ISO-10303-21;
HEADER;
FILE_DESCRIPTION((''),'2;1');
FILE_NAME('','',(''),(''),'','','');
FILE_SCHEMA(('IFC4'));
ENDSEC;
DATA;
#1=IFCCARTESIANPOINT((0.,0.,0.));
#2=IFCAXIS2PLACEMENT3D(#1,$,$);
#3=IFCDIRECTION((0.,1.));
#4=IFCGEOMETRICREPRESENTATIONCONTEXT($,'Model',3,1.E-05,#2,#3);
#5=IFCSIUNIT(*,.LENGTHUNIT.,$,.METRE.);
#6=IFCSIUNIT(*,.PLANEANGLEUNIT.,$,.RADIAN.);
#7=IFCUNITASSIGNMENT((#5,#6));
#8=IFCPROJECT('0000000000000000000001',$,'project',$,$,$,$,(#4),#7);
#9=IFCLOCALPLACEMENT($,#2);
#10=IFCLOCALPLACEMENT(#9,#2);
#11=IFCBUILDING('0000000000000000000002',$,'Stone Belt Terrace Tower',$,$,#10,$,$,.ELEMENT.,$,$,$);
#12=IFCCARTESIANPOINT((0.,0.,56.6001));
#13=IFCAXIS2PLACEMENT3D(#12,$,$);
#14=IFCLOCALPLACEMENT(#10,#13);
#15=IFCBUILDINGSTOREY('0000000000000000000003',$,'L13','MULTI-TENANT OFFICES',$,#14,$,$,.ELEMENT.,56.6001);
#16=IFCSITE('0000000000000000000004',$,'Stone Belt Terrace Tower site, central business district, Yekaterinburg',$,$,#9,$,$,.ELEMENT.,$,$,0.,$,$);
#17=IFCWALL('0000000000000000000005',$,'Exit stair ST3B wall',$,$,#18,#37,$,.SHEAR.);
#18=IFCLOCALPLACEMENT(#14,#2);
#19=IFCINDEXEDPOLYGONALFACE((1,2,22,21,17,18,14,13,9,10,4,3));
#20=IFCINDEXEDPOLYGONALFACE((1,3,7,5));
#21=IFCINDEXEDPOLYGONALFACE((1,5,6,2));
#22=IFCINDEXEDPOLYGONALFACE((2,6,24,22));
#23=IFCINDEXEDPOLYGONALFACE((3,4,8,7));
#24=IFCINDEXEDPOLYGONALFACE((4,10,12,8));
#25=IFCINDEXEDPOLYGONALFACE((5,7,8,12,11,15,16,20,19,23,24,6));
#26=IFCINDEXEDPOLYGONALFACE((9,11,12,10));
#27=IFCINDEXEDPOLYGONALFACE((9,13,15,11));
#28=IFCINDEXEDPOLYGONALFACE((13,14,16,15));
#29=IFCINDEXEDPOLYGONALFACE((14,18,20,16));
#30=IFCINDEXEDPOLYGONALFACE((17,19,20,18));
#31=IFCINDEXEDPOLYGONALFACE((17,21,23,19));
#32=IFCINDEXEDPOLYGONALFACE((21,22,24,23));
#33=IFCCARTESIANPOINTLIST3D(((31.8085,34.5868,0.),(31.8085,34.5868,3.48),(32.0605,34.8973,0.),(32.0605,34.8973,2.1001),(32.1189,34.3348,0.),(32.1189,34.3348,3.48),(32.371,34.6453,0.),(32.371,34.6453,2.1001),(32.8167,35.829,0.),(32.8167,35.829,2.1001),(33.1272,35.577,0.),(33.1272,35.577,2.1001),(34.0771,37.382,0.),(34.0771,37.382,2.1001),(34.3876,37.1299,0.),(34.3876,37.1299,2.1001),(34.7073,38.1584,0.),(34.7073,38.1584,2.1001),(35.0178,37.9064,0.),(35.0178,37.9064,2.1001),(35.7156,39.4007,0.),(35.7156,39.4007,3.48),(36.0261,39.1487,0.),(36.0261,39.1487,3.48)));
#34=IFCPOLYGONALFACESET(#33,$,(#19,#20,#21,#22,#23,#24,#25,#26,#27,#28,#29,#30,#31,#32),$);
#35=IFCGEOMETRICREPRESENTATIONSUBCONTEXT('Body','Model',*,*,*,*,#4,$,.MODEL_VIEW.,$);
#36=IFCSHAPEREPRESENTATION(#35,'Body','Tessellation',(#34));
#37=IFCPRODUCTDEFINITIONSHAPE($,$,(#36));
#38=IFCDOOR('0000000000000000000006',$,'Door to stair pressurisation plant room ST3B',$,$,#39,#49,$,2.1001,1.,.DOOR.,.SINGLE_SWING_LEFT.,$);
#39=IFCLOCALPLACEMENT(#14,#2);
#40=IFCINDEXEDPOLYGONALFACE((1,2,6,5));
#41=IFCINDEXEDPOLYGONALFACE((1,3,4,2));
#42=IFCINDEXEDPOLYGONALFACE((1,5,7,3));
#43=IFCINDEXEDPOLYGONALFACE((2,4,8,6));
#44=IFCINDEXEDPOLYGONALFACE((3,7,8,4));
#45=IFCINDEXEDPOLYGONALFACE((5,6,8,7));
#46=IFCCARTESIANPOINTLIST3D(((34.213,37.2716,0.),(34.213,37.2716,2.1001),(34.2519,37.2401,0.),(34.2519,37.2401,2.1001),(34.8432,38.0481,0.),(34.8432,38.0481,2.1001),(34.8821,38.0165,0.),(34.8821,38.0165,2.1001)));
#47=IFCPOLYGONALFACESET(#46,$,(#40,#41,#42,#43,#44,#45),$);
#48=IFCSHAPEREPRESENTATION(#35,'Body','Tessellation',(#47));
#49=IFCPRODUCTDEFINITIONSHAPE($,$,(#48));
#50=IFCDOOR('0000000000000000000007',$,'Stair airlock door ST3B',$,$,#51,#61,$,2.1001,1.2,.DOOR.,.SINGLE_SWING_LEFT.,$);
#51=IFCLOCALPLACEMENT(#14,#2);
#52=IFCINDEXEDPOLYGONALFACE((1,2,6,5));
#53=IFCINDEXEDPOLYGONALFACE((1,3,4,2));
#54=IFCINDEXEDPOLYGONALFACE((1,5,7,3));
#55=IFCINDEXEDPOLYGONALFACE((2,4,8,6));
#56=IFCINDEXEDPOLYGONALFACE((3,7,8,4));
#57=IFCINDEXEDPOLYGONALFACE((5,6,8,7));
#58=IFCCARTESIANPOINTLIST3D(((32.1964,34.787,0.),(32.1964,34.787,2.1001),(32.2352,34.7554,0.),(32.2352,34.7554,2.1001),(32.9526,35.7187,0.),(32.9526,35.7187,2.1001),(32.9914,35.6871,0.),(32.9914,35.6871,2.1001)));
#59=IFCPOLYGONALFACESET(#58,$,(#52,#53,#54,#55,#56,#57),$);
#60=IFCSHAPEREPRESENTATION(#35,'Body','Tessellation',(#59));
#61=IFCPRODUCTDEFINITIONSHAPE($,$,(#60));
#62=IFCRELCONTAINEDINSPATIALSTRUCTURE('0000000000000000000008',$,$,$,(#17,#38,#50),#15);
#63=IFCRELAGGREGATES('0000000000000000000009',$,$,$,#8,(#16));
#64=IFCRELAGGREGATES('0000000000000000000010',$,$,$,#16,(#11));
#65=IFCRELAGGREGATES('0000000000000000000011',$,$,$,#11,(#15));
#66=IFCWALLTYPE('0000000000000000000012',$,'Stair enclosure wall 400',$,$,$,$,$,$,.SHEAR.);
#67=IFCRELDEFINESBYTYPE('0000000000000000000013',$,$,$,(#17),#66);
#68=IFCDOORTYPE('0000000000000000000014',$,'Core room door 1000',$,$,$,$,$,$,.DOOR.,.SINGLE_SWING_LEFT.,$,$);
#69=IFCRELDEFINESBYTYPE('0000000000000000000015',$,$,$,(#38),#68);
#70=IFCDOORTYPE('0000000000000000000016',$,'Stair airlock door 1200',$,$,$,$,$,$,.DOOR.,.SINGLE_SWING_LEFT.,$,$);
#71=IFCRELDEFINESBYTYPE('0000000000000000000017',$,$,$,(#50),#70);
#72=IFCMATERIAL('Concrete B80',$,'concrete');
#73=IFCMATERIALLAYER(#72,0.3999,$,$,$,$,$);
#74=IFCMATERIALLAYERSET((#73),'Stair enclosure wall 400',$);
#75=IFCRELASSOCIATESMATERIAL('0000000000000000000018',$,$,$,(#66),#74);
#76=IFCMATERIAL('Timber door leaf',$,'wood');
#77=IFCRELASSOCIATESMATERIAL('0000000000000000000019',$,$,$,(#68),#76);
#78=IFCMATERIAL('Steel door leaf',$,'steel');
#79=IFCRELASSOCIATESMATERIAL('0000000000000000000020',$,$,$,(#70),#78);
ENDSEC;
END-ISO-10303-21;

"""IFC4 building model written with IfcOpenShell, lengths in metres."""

from ifc_helpers import new_model, si_unit, direction, frame, frame_2d, origin, place, context, subcontext, project, spatial, rectangle, extrude, material, layer, layer_set, type_object, element, fill, save


model = new_model("IFC4")

# Units and contexts
model_context = context("Model", 3, precision=1e-05, world=origin(), true_north=direction((0.0, 1.0)))
body_context = subcontext(model_context, "Body", "Model", "MODEL_VIEW")
ifc_project = project(units=[si_unit("LENGTHUNIT", "METRE"), si_unit("PLANEANGLEUNIT", "RADIAN")], contexts=[model_context])

# Site, building, storey
site_placement = place(None, origin())
site = spatial("IfcSite", under=ifc_project, at=site_placement, Name="Stone Belt Terrace Tower site, central business district, Yekaterinburg", CompositionType="ELEMENT", RefElevation=0.0)
building_placement = place(site_placement, origin())
building = spatial("IfcBuilding", under=site, at=building_placement, Name="Stone Belt Terrace Tower", CompositionType="ELEMENT")
storey_placement = place(building_placement, frame((0.0, 0.0, 56.6001)))
storey = spatial("IfcBuildingStorey", under=building, at=storey_placement, Name="L13", Description="MULTI-TENANT OFFICES", CompositionType="ELEMENT", Elevation=56.6001)

# Shared definitions
ifc_material_1 = material(Name="Concrete B80", Category="concrete")

# Shared definitions
ifc_material_2 = material(Name="Timber door leaf", Category="wood")

# Wall, openings, doors
ifc_layer_1 = layer(ifc_material_1, 0.3999)
ifc_layer_set_1 = layer_set([ifc_layer_1], Name="Stair enclosure wall 400")
wall_type_1 = type_object("IfcWallType", Name="Stair enclosure wall 400", PredefinedType="SHEAR", material=ifc_layer_set_1)
wall_1_placement = place(storey_placement, frame((31.9636, 34.4607, 0.0), z_axis=(0.0, 0.0, 1.0), x_axis=(0.630192, 0.776439, 0.0)))
wall_1 = element("IfcWall", 1, at=wall_1_placement, inside=storey, type_object=wall_type_1, Name="Exit stair ST3B wall", PredefinedType="SHEAR", context=body_context, shape_type="SweptSolid", body=[
    extrude(rectangle(XDim=6.2, YDim=0.3999, at=frame_2d((3.1001, 0.0))), origin(), (0.0, 0.0, 1.0), 3.48),
])
opening_1_placement = place(wall_1_placement, frame((0.3999, 0.0, 0.0)))
opening_1 = element("IfcOpeningElement", 2, at=opening_1_placement, cuts=wall_1, PredefinedType="OPENING", context=body_context, shape_type="SweptSolid", body=[
    extrude(rectangle(XDim=1.2, YDim=2.1001, at=frame_2d((0.6001, 1.05))), frame((0.0, 0.21, 0.0), z_axis=(0.0, -1.0, 0.0), x_axis=(1.0, 0.0, 0.0)), (0.0, 0.0, 1.0), 0.4199),
])
opening_2_placement = place(wall_1_placement, frame((3.6001, 0.0, 0.0)))
opening_2 = element("IfcOpeningElement", 3, at=opening_2_placement, cuts=wall_1, PredefinedType="OPENING", context=body_context, shape_type="SweptSolid", body=[
    extrude(rectangle(XDim=1.0, YDim=2.1001, at=frame_2d((0.5, 1.05))), frame((0.0, 0.21, 0.0), z_axis=(0.0, -1.0, 0.0), x_axis=(1.0, 0.0, 0.0)), (0.0, 0.0, 1.0), 0.4199),
])
door_type_1 = type_object("IfcDoorType", Name="Core room door 1000", OperationType="SINGLE_SWING_LEFT", PredefinedType="DOOR", material=ifc_material_2)
door_1_placement = place(opening_2_placement, origin())
door_1 = element("IfcDoor", 4, at=door_1_placement, inside=storey, type_object=door_type_1, Name="Door to stair pressurisation plant room ST3B", OperationType="SINGLE_SWING_LEFT", OverallHeight=2.1001, OverallWidth=1.0, PredefinedType="DOOR", context=body_context, shape_type="SweptSolid", body=[
    extrude(rectangle(XDim=1.0, YDim=2.1001, at=frame_2d((0.5, 1.05))), frame((0.0, 0.0249, 0.0), z_axis=(0.0, -1.0, 0.0), x_axis=(1.0, 0.0, 0.0)), (0.0, 0.0, 1.0), 0.05),
])
fill(opening_2, door_1)
ifc_material_3 = material(Name="Steel door leaf", Category="steel")
door_type_2 = type_object("IfcDoorType", Name="Stair airlock door 1200", OperationType="SINGLE_SWING_LEFT", PredefinedType="DOOR", material=ifc_material_3)
door_2_placement = place(opening_1_placement, origin())
door_2 = element("IfcDoor", 5, at=door_2_placement, inside=storey, type_object=door_type_2, Name="Stair airlock door ST3B", OperationType="SINGLE_SWING_LEFT", OverallHeight=2.1001, OverallWidth=1.2, PredefinedType="DOOR", context=body_context, shape_type="SweptSolid", body=[
    extrude(rectangle(XDim=1.2, YDim=2.1001, at=frame_2d((0.6001, 1.05))), frame((0.0, 0.0249, 0.0), z_axis=(0.0, -1.0, 0.0), x_axis=(1.0, 0.0, 0.0)), (0.0, 0.0, 1.0), 0.05),
])
fill(opening_1, door_2)

save(model, "model.ifc")
